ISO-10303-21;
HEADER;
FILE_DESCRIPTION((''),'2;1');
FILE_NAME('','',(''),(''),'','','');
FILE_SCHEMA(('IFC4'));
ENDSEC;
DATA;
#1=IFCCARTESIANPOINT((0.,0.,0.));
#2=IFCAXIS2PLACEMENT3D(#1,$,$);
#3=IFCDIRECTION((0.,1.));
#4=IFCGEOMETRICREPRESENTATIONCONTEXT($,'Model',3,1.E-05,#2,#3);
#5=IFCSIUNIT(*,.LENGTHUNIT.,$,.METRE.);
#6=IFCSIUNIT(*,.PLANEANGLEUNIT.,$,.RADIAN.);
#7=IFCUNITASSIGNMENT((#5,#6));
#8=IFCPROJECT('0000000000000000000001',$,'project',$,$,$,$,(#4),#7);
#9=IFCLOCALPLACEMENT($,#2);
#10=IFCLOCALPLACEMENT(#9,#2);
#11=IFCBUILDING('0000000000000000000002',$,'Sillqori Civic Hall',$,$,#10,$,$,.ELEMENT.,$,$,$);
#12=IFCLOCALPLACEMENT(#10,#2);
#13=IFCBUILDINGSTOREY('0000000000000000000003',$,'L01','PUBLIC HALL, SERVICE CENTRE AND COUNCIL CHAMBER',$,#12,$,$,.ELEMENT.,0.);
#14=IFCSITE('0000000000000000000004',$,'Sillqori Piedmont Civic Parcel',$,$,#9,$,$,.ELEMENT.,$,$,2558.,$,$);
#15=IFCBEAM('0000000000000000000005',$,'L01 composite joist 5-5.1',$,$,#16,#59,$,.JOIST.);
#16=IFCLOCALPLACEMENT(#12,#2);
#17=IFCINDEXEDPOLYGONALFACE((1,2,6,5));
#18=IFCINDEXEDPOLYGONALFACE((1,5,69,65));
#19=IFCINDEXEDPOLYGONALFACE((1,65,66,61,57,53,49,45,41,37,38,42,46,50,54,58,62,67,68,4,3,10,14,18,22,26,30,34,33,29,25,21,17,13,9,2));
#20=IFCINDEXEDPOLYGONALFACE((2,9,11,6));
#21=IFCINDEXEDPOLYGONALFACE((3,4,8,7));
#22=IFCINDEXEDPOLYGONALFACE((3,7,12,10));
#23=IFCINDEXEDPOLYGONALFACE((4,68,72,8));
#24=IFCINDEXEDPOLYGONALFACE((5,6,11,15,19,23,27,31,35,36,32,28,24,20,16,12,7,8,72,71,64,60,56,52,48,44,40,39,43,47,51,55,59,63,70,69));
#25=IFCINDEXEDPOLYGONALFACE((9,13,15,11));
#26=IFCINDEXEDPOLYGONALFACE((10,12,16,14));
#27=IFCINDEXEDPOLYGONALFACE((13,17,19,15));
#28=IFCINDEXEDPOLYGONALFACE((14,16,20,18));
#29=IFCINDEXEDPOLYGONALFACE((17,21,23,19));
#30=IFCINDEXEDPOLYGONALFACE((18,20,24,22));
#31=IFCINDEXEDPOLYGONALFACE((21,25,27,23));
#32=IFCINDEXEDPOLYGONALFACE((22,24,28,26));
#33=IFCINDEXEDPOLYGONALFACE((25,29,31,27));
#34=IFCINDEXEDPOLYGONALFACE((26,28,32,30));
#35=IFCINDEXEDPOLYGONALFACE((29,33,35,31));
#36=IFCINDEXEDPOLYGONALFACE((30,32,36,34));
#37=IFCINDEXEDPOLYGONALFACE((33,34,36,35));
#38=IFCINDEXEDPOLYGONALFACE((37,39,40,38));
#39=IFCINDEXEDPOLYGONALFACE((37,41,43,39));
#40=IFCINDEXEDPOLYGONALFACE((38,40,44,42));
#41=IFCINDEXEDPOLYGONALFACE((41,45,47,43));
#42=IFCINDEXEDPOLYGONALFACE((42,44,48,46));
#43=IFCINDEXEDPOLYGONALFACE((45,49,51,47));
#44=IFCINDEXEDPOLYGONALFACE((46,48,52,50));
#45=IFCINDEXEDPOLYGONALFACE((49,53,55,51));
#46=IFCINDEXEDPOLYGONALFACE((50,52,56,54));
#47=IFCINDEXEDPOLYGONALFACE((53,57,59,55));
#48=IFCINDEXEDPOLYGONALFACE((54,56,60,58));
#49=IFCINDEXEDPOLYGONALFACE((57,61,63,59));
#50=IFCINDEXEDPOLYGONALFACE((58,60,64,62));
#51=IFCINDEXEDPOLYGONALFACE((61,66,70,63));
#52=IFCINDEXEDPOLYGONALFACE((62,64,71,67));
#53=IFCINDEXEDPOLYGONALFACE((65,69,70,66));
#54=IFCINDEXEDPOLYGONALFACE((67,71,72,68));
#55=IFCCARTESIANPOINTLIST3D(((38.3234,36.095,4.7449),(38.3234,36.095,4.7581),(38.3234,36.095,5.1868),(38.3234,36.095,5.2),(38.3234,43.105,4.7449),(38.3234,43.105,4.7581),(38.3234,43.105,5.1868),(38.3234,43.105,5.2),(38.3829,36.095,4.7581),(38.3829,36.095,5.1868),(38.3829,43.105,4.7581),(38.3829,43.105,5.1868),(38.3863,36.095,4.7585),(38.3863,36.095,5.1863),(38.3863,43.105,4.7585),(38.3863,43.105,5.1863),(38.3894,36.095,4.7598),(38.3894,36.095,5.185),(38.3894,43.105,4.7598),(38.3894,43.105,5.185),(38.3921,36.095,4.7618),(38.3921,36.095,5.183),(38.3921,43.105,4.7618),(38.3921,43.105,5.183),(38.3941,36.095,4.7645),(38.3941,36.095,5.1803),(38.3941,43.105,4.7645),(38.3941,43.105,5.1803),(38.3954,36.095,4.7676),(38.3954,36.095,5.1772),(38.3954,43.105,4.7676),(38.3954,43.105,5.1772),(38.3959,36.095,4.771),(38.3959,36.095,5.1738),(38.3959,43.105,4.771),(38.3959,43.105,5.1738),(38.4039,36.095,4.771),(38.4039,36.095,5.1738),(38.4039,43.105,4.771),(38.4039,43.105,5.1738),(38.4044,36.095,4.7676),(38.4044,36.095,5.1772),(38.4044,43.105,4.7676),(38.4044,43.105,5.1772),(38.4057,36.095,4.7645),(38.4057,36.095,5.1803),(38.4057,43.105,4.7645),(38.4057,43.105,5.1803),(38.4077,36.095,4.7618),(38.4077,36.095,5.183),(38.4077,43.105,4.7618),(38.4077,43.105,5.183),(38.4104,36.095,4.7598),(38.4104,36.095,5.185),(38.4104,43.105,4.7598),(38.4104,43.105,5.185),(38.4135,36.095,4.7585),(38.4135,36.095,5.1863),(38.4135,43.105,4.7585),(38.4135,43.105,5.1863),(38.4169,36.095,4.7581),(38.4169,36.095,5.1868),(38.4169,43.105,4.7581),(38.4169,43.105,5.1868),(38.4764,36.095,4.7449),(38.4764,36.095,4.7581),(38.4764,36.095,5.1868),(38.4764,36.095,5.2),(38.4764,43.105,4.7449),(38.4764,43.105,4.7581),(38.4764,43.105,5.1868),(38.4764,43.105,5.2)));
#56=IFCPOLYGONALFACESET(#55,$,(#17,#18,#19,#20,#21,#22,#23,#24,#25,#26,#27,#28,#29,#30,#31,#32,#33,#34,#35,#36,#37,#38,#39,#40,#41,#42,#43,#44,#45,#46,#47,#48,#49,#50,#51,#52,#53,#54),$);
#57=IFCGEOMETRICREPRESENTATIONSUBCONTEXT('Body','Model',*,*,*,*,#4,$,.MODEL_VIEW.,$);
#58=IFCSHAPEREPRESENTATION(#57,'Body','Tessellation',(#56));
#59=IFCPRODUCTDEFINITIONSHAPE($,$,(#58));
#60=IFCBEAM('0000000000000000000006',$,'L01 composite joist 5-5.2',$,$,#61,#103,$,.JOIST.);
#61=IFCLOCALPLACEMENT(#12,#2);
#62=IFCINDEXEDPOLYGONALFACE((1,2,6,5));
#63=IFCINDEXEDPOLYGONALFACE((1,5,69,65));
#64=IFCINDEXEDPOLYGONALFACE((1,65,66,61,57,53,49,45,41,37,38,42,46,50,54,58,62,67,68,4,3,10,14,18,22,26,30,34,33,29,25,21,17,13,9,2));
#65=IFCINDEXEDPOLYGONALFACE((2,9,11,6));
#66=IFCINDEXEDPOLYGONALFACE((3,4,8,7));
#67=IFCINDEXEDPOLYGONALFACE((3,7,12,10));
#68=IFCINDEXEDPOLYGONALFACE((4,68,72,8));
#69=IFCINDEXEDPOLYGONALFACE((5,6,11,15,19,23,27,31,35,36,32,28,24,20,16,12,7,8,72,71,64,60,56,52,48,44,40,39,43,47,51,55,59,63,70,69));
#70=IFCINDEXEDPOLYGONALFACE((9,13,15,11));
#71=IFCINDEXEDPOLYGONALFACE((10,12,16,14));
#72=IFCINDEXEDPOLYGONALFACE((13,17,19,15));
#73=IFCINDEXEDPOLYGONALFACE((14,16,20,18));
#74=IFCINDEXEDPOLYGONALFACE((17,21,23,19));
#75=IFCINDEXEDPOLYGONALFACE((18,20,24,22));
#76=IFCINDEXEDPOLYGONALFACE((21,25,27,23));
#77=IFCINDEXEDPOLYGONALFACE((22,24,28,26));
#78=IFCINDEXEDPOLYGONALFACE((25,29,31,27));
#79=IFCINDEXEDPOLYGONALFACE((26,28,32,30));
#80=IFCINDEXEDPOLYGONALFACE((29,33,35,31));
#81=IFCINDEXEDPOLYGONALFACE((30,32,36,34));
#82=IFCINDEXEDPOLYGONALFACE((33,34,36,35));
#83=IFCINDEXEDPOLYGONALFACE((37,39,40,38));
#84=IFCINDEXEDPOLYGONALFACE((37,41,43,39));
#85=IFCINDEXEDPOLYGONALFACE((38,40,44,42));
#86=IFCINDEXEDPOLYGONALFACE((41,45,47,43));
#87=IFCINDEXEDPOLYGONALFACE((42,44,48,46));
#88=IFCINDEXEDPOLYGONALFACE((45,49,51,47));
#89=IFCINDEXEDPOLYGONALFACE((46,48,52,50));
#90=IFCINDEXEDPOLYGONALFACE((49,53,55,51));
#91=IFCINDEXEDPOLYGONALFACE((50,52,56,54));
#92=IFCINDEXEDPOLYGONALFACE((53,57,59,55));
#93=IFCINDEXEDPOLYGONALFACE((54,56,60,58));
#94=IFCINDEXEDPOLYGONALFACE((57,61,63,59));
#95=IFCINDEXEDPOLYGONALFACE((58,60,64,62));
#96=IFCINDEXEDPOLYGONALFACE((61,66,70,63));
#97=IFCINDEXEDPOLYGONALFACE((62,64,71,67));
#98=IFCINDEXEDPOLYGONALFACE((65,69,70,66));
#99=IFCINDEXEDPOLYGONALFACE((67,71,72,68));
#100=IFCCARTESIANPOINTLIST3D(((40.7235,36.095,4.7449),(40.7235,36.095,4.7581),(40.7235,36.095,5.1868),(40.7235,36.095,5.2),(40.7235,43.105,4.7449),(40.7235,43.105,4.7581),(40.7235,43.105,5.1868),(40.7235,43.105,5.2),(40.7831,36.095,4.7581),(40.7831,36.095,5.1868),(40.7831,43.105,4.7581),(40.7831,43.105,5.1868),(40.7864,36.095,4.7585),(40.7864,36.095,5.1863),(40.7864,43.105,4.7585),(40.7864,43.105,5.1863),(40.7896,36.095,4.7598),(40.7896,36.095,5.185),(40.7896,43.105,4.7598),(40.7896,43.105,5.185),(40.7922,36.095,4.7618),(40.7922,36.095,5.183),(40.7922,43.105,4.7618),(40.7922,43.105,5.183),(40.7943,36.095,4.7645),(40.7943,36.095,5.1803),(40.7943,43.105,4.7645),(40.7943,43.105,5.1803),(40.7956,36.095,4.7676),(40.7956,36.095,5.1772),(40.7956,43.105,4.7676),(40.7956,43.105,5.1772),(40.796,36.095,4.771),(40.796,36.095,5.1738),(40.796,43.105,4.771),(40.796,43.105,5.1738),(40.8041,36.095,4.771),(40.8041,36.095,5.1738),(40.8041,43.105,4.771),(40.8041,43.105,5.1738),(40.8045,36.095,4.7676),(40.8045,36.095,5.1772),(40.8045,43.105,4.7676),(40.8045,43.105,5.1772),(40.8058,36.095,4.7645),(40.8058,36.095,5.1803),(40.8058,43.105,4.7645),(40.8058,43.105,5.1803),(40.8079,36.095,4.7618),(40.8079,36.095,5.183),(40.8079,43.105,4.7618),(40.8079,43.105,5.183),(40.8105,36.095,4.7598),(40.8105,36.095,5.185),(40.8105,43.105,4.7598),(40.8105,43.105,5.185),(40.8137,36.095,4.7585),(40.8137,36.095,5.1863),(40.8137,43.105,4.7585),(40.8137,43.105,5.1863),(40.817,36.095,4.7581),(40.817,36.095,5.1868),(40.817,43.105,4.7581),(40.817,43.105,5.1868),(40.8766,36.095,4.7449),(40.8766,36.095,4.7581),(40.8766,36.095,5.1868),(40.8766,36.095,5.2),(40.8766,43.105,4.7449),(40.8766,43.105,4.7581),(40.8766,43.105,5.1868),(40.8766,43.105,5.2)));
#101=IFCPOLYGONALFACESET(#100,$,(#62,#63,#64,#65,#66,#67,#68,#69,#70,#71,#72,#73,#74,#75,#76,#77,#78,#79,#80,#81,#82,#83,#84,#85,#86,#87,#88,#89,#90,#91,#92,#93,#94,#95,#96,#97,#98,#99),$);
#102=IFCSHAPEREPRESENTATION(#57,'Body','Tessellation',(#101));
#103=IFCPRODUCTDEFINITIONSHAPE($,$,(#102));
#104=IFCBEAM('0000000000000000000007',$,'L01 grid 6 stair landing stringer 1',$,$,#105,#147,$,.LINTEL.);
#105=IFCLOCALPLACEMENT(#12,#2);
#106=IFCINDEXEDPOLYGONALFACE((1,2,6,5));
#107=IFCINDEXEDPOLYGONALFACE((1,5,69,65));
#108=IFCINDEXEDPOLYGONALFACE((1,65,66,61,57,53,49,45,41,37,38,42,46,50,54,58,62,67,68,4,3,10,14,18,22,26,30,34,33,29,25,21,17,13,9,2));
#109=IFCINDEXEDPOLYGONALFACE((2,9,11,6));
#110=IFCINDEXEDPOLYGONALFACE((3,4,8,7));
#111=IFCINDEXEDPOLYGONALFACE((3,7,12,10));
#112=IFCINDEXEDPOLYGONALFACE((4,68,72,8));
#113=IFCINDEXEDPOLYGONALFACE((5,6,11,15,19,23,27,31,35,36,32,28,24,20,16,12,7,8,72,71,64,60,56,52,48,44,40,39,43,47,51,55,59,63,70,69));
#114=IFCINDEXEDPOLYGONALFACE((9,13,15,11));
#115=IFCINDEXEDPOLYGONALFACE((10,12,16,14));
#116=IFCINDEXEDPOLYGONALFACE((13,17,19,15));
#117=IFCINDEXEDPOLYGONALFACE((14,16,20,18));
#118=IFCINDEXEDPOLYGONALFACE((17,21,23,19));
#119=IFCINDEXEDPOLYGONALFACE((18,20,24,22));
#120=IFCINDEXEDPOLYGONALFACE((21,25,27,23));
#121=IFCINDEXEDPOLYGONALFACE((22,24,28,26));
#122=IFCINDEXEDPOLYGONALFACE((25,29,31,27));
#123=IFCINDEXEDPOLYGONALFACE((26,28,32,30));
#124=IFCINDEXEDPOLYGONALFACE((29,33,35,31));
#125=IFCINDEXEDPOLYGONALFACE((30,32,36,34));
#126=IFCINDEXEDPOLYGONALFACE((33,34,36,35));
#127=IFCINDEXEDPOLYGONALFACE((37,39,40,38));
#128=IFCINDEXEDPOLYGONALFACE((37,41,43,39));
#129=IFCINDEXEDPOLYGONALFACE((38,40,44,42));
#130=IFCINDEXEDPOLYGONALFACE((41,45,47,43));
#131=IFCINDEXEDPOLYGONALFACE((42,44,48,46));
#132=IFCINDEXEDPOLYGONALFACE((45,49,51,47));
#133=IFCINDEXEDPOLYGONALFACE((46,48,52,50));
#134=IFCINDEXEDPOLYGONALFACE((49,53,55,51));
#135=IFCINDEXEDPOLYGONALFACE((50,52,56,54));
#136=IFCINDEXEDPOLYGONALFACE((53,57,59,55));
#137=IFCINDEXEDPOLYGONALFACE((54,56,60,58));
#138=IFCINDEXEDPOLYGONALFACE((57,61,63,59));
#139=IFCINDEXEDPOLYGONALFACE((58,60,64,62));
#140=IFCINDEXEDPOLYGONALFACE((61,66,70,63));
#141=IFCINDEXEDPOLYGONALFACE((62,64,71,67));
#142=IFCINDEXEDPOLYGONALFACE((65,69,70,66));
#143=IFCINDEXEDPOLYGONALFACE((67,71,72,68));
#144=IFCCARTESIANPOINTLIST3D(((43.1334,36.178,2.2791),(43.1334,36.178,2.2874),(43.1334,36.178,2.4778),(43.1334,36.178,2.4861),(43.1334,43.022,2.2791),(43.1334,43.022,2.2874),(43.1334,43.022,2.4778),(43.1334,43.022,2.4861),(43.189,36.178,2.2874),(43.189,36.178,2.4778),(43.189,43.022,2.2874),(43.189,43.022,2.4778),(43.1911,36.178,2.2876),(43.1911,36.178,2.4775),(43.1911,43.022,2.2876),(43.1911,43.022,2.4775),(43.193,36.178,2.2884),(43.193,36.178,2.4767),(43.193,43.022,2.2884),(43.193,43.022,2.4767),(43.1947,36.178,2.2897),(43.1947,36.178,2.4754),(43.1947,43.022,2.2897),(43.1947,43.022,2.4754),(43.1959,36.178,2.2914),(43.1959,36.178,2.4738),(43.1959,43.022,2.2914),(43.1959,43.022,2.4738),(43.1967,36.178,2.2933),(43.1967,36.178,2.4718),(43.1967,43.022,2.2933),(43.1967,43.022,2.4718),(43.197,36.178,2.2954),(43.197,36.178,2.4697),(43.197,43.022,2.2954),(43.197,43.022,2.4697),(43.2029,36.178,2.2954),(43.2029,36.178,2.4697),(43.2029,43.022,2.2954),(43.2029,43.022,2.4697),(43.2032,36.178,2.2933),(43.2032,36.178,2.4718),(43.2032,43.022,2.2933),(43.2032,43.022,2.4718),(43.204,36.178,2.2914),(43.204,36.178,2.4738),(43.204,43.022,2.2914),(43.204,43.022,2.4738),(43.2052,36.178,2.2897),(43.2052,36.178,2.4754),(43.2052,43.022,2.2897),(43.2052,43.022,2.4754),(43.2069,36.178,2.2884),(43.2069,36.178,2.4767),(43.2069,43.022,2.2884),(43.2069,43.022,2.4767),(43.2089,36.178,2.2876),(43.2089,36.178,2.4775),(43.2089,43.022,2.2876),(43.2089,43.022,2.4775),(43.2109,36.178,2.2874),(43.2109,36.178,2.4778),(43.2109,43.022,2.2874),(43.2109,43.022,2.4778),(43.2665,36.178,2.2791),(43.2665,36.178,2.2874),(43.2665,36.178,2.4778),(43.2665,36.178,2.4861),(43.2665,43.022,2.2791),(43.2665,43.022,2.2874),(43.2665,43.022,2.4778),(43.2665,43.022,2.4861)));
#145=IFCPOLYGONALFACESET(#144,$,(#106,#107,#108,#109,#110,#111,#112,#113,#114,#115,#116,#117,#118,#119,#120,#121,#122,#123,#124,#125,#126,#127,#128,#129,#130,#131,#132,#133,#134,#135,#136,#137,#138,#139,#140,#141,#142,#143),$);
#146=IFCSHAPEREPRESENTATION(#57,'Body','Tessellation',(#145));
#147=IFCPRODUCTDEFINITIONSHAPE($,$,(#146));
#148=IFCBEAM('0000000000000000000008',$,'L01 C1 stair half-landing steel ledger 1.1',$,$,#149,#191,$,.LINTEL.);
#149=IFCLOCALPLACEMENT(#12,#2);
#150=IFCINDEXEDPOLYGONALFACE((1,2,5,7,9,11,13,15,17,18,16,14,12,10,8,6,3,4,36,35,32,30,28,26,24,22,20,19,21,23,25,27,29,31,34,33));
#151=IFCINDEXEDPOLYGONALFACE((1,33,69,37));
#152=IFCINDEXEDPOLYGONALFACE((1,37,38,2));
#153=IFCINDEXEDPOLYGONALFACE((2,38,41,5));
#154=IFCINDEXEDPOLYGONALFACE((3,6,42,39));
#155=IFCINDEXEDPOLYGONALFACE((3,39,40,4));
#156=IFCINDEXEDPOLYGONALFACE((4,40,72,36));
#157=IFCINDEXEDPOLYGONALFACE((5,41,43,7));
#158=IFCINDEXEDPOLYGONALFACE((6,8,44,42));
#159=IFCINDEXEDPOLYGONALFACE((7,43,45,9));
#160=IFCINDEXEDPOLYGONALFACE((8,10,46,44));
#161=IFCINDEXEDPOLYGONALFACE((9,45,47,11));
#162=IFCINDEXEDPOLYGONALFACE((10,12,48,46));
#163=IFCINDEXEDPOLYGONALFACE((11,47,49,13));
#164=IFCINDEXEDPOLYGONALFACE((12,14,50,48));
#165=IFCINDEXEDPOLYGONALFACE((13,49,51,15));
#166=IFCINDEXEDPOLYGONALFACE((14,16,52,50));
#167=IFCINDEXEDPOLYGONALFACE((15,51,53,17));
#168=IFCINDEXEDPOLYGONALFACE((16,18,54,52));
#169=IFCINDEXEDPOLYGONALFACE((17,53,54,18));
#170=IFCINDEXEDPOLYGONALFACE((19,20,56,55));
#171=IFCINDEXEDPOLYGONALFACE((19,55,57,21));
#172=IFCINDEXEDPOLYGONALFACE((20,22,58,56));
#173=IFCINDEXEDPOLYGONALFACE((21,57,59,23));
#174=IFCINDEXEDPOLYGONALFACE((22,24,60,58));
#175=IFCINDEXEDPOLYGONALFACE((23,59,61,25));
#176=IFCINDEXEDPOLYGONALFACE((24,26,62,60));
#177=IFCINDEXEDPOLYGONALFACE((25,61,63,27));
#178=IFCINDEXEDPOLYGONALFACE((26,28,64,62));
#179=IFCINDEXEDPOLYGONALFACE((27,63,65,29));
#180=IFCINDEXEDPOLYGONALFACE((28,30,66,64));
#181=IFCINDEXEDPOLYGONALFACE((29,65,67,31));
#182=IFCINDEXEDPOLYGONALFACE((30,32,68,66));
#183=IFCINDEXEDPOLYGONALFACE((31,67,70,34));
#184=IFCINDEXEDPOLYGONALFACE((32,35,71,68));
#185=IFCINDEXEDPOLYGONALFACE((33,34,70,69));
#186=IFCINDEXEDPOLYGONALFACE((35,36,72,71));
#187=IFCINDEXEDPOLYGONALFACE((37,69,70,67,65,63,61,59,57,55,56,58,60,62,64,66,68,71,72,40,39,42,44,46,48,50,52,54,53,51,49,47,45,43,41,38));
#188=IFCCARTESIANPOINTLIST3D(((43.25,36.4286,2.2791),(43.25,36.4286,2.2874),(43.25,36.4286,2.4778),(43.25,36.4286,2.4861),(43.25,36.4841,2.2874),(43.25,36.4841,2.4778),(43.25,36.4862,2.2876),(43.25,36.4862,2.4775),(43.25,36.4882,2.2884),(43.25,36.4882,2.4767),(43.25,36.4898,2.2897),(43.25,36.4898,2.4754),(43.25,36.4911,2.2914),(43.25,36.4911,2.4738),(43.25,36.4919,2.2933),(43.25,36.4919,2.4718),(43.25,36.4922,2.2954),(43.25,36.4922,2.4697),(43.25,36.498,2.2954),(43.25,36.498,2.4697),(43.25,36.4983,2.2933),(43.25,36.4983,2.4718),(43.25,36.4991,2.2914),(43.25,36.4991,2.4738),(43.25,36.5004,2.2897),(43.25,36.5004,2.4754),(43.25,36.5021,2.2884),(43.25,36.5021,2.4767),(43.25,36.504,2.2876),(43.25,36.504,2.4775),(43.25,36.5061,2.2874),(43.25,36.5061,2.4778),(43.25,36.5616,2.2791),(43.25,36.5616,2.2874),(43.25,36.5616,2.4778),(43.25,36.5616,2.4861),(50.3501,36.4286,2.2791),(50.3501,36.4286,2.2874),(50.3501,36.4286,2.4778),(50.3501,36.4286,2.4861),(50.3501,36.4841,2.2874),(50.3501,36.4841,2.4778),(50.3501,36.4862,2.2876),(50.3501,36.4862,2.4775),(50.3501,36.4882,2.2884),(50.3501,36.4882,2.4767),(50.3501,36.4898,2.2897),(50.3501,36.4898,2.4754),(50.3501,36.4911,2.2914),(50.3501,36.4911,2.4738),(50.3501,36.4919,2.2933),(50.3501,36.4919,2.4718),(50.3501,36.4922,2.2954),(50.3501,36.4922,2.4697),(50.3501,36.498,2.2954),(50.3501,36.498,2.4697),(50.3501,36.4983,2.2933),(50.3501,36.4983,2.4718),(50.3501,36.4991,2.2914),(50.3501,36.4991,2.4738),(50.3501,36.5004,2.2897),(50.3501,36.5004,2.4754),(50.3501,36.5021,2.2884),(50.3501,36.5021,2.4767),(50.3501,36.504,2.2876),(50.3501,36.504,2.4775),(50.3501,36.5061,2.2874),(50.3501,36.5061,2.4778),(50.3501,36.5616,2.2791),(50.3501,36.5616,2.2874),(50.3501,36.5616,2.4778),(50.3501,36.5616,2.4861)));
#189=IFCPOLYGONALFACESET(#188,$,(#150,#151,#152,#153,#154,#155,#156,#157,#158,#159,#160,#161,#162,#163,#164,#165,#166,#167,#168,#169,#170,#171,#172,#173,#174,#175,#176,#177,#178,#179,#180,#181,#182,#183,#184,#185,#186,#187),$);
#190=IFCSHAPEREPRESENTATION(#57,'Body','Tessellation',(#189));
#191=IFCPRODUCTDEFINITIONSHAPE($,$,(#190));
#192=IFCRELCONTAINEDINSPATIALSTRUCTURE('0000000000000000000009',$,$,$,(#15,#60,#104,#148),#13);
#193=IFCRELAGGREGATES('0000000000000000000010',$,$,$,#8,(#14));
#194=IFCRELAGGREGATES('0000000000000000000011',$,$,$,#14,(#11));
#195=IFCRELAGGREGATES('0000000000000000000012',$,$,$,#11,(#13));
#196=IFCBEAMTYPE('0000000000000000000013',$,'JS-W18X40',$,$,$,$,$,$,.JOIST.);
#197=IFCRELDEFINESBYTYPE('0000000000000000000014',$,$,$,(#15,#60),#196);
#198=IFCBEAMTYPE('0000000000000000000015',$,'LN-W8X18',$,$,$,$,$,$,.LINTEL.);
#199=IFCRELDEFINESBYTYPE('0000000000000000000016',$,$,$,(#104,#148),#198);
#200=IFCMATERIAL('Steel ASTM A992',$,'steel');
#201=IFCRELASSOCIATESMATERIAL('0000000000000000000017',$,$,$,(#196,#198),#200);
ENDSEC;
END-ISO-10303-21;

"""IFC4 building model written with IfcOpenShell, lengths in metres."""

from ifc_helpers import new_model, si_unit, direction, frame, origin, origin_2d, place, context, subcontext, project, spatial, i_section, extrude, material, material_profile, profile_set, type_object, element, save


model = new_model("IFC4")

# Units and contexts
model_context = context("Model", 3, precision=1e-05, world=origin(), true_north=direction((0.0, 1.0)))
body_context = subcontext(model_context, "Body", "Model", "MODEL_VIEW")
ifc_project = project(units=[si_unit("LENGTHUNIT", "METRE"), si_unit("PLANEANGLEUNIT", "RADIAN")], contexts=[model_context])

# Site, building, storey
site_placement = place(None, origin())
site = spatial("IfcSite", under=ifc_project, at=site_placement, Name="Sillqori Piedmont Civic Parcel", CompositionType="ELEMENT", RefElevation=2558.0)
building_placement = place(site_placement, origin())
building = spatial("IfcBuilding", under=site, at=building_placement, Name="Sillqori Civic Hall", CompositionType="ELEMENT")
storey_placement = place(building_placement, origin())
storey = spatial("IfcBuildingStorey", under=building, at=storey_placement, Name="L01", Description="PUBLIC HALL, SERVICE CENTRE AND COUNCIL CHAMBER", CompositionType="ELEMENT", Elevation=0.0)

# Shared definitions
ifc_material_1 = material(Name="Steel ASTM A992", Category="steel")

# Beams
ifc_material_profile_1 = material_profile(ifc_material_1, i_section(OverallWidth=0.1531, OverallDepth=0.4551, WebThickness=0.0081, FlangeThickness=0.0132, FilletRadius=0.0129, at=origin_2d()), Name="W18X40")
ifc_profile_set_1 = profile_set([ifc_material_profile_1], Name="Steel ASTM A992")
beam_type_1 = type_object("IfcBeamType", Name="JS-W18X40", PredefinedType="JOIST", material=ifc_profile_set_1)
for number, where, z_axis, x_axis, name in (
    (1, (38.3999, 36.095, 4.9724), (0.0, 1.0, 0.0), (-1.0, 0.0, 0.0), "L01 composite joist 5-5.1"),
    (2, (40.8, 36.095, 4.9724), (0.0, 1.0, 0.0), (-1.0, 0.0, 0.0), "L01 composite joist 5-5.2"),
):
    element("IfcBeam", number, at=place(storey_placement, frame(where, z_axis=z_axis, x_axis=x_axis)), inside=storey, type_object=beam_type_1, Name=name, PredefinedType="JOIST", context=body_context, shape_type="SweptSolid", body=[
        extrude(i_section(OverallWidth=0.1531, OverallDepth=0.4551, WebThickness=0.0081, FlangeThickness=0.0132, FilletRadius=0.0129, at=origin_2d()), origin(), (0.0, 0.0, 1.0), 7.01),
    ])
ifc_material_profile_2 = material_profile(ifc_material_1, i_section(OverallWidth=0.1331, OverallDepth=0.207, WebThickness=0.0059, FlangeThickness=0.0083, FilletRadius=0.0081, at=origin_2d()), Name="W8X18")
ifc_profile_set_2 = profile_set([ifc_material_profile_2], Name="Steel ASTM A992")
beam_type_2 = type_object("IfcBeamType", Name="LN-W8X18", PredefinedType="LINTEL", material=ifc_profile_set_2)
beam_1_placement = place(storey_placement, frame((43.2, 36.178, 2.3826), z_axis=(0.0, 1.0, 0.0), x_axis=(-1.0, 0.0, 0.0)))
element("IfcBeam", 3, at=beam_1_placement, inside=storey, type_object=beam_type_2, Name="L01 grid 6 stair landing stringer 1", PredefinedType="LINTEL", context=body_context, shape_type="SweptSolid", body=[
    extrude(i_section(OverallWidth=0.1331, OverallDepth=0.207, WebThickness=0.0059, FlangeThickness=0.0083, FilletRadius=0.0081, at=origin_2d()), origin(), (0.0, 0.0, 1.0), 6.844),
])
for number, where, z_axis, x_axis, name in (
    (4, (43.25, 36.4951, 2.3826), (1.0, 0.0, 0.0), (0.0, 1.0, 0.0), "L01 C1 stair half-landing steel ledger 1.1"),
):
    element("IfcBeam", number, at=place(storey_placement, frame(where, z_axis=z_axis, x_axis=x_axis)), inside=storey, type_object=beam_type_2, Name=name, PredefinedType="LINTEL", context=body_context, shape_type="SweptSolid", body=[
        extrude(i_section(OverallWidth=0.1331, OverallDepth=0.207, WebThickness=0.0059, FlangeThickness=0.0083, FilletRadius=0.0081, at=origin_2d()), origin(), (0.0, 0.0, 1.0), 7.1001),
    ])

save(model, "model.ifc")
